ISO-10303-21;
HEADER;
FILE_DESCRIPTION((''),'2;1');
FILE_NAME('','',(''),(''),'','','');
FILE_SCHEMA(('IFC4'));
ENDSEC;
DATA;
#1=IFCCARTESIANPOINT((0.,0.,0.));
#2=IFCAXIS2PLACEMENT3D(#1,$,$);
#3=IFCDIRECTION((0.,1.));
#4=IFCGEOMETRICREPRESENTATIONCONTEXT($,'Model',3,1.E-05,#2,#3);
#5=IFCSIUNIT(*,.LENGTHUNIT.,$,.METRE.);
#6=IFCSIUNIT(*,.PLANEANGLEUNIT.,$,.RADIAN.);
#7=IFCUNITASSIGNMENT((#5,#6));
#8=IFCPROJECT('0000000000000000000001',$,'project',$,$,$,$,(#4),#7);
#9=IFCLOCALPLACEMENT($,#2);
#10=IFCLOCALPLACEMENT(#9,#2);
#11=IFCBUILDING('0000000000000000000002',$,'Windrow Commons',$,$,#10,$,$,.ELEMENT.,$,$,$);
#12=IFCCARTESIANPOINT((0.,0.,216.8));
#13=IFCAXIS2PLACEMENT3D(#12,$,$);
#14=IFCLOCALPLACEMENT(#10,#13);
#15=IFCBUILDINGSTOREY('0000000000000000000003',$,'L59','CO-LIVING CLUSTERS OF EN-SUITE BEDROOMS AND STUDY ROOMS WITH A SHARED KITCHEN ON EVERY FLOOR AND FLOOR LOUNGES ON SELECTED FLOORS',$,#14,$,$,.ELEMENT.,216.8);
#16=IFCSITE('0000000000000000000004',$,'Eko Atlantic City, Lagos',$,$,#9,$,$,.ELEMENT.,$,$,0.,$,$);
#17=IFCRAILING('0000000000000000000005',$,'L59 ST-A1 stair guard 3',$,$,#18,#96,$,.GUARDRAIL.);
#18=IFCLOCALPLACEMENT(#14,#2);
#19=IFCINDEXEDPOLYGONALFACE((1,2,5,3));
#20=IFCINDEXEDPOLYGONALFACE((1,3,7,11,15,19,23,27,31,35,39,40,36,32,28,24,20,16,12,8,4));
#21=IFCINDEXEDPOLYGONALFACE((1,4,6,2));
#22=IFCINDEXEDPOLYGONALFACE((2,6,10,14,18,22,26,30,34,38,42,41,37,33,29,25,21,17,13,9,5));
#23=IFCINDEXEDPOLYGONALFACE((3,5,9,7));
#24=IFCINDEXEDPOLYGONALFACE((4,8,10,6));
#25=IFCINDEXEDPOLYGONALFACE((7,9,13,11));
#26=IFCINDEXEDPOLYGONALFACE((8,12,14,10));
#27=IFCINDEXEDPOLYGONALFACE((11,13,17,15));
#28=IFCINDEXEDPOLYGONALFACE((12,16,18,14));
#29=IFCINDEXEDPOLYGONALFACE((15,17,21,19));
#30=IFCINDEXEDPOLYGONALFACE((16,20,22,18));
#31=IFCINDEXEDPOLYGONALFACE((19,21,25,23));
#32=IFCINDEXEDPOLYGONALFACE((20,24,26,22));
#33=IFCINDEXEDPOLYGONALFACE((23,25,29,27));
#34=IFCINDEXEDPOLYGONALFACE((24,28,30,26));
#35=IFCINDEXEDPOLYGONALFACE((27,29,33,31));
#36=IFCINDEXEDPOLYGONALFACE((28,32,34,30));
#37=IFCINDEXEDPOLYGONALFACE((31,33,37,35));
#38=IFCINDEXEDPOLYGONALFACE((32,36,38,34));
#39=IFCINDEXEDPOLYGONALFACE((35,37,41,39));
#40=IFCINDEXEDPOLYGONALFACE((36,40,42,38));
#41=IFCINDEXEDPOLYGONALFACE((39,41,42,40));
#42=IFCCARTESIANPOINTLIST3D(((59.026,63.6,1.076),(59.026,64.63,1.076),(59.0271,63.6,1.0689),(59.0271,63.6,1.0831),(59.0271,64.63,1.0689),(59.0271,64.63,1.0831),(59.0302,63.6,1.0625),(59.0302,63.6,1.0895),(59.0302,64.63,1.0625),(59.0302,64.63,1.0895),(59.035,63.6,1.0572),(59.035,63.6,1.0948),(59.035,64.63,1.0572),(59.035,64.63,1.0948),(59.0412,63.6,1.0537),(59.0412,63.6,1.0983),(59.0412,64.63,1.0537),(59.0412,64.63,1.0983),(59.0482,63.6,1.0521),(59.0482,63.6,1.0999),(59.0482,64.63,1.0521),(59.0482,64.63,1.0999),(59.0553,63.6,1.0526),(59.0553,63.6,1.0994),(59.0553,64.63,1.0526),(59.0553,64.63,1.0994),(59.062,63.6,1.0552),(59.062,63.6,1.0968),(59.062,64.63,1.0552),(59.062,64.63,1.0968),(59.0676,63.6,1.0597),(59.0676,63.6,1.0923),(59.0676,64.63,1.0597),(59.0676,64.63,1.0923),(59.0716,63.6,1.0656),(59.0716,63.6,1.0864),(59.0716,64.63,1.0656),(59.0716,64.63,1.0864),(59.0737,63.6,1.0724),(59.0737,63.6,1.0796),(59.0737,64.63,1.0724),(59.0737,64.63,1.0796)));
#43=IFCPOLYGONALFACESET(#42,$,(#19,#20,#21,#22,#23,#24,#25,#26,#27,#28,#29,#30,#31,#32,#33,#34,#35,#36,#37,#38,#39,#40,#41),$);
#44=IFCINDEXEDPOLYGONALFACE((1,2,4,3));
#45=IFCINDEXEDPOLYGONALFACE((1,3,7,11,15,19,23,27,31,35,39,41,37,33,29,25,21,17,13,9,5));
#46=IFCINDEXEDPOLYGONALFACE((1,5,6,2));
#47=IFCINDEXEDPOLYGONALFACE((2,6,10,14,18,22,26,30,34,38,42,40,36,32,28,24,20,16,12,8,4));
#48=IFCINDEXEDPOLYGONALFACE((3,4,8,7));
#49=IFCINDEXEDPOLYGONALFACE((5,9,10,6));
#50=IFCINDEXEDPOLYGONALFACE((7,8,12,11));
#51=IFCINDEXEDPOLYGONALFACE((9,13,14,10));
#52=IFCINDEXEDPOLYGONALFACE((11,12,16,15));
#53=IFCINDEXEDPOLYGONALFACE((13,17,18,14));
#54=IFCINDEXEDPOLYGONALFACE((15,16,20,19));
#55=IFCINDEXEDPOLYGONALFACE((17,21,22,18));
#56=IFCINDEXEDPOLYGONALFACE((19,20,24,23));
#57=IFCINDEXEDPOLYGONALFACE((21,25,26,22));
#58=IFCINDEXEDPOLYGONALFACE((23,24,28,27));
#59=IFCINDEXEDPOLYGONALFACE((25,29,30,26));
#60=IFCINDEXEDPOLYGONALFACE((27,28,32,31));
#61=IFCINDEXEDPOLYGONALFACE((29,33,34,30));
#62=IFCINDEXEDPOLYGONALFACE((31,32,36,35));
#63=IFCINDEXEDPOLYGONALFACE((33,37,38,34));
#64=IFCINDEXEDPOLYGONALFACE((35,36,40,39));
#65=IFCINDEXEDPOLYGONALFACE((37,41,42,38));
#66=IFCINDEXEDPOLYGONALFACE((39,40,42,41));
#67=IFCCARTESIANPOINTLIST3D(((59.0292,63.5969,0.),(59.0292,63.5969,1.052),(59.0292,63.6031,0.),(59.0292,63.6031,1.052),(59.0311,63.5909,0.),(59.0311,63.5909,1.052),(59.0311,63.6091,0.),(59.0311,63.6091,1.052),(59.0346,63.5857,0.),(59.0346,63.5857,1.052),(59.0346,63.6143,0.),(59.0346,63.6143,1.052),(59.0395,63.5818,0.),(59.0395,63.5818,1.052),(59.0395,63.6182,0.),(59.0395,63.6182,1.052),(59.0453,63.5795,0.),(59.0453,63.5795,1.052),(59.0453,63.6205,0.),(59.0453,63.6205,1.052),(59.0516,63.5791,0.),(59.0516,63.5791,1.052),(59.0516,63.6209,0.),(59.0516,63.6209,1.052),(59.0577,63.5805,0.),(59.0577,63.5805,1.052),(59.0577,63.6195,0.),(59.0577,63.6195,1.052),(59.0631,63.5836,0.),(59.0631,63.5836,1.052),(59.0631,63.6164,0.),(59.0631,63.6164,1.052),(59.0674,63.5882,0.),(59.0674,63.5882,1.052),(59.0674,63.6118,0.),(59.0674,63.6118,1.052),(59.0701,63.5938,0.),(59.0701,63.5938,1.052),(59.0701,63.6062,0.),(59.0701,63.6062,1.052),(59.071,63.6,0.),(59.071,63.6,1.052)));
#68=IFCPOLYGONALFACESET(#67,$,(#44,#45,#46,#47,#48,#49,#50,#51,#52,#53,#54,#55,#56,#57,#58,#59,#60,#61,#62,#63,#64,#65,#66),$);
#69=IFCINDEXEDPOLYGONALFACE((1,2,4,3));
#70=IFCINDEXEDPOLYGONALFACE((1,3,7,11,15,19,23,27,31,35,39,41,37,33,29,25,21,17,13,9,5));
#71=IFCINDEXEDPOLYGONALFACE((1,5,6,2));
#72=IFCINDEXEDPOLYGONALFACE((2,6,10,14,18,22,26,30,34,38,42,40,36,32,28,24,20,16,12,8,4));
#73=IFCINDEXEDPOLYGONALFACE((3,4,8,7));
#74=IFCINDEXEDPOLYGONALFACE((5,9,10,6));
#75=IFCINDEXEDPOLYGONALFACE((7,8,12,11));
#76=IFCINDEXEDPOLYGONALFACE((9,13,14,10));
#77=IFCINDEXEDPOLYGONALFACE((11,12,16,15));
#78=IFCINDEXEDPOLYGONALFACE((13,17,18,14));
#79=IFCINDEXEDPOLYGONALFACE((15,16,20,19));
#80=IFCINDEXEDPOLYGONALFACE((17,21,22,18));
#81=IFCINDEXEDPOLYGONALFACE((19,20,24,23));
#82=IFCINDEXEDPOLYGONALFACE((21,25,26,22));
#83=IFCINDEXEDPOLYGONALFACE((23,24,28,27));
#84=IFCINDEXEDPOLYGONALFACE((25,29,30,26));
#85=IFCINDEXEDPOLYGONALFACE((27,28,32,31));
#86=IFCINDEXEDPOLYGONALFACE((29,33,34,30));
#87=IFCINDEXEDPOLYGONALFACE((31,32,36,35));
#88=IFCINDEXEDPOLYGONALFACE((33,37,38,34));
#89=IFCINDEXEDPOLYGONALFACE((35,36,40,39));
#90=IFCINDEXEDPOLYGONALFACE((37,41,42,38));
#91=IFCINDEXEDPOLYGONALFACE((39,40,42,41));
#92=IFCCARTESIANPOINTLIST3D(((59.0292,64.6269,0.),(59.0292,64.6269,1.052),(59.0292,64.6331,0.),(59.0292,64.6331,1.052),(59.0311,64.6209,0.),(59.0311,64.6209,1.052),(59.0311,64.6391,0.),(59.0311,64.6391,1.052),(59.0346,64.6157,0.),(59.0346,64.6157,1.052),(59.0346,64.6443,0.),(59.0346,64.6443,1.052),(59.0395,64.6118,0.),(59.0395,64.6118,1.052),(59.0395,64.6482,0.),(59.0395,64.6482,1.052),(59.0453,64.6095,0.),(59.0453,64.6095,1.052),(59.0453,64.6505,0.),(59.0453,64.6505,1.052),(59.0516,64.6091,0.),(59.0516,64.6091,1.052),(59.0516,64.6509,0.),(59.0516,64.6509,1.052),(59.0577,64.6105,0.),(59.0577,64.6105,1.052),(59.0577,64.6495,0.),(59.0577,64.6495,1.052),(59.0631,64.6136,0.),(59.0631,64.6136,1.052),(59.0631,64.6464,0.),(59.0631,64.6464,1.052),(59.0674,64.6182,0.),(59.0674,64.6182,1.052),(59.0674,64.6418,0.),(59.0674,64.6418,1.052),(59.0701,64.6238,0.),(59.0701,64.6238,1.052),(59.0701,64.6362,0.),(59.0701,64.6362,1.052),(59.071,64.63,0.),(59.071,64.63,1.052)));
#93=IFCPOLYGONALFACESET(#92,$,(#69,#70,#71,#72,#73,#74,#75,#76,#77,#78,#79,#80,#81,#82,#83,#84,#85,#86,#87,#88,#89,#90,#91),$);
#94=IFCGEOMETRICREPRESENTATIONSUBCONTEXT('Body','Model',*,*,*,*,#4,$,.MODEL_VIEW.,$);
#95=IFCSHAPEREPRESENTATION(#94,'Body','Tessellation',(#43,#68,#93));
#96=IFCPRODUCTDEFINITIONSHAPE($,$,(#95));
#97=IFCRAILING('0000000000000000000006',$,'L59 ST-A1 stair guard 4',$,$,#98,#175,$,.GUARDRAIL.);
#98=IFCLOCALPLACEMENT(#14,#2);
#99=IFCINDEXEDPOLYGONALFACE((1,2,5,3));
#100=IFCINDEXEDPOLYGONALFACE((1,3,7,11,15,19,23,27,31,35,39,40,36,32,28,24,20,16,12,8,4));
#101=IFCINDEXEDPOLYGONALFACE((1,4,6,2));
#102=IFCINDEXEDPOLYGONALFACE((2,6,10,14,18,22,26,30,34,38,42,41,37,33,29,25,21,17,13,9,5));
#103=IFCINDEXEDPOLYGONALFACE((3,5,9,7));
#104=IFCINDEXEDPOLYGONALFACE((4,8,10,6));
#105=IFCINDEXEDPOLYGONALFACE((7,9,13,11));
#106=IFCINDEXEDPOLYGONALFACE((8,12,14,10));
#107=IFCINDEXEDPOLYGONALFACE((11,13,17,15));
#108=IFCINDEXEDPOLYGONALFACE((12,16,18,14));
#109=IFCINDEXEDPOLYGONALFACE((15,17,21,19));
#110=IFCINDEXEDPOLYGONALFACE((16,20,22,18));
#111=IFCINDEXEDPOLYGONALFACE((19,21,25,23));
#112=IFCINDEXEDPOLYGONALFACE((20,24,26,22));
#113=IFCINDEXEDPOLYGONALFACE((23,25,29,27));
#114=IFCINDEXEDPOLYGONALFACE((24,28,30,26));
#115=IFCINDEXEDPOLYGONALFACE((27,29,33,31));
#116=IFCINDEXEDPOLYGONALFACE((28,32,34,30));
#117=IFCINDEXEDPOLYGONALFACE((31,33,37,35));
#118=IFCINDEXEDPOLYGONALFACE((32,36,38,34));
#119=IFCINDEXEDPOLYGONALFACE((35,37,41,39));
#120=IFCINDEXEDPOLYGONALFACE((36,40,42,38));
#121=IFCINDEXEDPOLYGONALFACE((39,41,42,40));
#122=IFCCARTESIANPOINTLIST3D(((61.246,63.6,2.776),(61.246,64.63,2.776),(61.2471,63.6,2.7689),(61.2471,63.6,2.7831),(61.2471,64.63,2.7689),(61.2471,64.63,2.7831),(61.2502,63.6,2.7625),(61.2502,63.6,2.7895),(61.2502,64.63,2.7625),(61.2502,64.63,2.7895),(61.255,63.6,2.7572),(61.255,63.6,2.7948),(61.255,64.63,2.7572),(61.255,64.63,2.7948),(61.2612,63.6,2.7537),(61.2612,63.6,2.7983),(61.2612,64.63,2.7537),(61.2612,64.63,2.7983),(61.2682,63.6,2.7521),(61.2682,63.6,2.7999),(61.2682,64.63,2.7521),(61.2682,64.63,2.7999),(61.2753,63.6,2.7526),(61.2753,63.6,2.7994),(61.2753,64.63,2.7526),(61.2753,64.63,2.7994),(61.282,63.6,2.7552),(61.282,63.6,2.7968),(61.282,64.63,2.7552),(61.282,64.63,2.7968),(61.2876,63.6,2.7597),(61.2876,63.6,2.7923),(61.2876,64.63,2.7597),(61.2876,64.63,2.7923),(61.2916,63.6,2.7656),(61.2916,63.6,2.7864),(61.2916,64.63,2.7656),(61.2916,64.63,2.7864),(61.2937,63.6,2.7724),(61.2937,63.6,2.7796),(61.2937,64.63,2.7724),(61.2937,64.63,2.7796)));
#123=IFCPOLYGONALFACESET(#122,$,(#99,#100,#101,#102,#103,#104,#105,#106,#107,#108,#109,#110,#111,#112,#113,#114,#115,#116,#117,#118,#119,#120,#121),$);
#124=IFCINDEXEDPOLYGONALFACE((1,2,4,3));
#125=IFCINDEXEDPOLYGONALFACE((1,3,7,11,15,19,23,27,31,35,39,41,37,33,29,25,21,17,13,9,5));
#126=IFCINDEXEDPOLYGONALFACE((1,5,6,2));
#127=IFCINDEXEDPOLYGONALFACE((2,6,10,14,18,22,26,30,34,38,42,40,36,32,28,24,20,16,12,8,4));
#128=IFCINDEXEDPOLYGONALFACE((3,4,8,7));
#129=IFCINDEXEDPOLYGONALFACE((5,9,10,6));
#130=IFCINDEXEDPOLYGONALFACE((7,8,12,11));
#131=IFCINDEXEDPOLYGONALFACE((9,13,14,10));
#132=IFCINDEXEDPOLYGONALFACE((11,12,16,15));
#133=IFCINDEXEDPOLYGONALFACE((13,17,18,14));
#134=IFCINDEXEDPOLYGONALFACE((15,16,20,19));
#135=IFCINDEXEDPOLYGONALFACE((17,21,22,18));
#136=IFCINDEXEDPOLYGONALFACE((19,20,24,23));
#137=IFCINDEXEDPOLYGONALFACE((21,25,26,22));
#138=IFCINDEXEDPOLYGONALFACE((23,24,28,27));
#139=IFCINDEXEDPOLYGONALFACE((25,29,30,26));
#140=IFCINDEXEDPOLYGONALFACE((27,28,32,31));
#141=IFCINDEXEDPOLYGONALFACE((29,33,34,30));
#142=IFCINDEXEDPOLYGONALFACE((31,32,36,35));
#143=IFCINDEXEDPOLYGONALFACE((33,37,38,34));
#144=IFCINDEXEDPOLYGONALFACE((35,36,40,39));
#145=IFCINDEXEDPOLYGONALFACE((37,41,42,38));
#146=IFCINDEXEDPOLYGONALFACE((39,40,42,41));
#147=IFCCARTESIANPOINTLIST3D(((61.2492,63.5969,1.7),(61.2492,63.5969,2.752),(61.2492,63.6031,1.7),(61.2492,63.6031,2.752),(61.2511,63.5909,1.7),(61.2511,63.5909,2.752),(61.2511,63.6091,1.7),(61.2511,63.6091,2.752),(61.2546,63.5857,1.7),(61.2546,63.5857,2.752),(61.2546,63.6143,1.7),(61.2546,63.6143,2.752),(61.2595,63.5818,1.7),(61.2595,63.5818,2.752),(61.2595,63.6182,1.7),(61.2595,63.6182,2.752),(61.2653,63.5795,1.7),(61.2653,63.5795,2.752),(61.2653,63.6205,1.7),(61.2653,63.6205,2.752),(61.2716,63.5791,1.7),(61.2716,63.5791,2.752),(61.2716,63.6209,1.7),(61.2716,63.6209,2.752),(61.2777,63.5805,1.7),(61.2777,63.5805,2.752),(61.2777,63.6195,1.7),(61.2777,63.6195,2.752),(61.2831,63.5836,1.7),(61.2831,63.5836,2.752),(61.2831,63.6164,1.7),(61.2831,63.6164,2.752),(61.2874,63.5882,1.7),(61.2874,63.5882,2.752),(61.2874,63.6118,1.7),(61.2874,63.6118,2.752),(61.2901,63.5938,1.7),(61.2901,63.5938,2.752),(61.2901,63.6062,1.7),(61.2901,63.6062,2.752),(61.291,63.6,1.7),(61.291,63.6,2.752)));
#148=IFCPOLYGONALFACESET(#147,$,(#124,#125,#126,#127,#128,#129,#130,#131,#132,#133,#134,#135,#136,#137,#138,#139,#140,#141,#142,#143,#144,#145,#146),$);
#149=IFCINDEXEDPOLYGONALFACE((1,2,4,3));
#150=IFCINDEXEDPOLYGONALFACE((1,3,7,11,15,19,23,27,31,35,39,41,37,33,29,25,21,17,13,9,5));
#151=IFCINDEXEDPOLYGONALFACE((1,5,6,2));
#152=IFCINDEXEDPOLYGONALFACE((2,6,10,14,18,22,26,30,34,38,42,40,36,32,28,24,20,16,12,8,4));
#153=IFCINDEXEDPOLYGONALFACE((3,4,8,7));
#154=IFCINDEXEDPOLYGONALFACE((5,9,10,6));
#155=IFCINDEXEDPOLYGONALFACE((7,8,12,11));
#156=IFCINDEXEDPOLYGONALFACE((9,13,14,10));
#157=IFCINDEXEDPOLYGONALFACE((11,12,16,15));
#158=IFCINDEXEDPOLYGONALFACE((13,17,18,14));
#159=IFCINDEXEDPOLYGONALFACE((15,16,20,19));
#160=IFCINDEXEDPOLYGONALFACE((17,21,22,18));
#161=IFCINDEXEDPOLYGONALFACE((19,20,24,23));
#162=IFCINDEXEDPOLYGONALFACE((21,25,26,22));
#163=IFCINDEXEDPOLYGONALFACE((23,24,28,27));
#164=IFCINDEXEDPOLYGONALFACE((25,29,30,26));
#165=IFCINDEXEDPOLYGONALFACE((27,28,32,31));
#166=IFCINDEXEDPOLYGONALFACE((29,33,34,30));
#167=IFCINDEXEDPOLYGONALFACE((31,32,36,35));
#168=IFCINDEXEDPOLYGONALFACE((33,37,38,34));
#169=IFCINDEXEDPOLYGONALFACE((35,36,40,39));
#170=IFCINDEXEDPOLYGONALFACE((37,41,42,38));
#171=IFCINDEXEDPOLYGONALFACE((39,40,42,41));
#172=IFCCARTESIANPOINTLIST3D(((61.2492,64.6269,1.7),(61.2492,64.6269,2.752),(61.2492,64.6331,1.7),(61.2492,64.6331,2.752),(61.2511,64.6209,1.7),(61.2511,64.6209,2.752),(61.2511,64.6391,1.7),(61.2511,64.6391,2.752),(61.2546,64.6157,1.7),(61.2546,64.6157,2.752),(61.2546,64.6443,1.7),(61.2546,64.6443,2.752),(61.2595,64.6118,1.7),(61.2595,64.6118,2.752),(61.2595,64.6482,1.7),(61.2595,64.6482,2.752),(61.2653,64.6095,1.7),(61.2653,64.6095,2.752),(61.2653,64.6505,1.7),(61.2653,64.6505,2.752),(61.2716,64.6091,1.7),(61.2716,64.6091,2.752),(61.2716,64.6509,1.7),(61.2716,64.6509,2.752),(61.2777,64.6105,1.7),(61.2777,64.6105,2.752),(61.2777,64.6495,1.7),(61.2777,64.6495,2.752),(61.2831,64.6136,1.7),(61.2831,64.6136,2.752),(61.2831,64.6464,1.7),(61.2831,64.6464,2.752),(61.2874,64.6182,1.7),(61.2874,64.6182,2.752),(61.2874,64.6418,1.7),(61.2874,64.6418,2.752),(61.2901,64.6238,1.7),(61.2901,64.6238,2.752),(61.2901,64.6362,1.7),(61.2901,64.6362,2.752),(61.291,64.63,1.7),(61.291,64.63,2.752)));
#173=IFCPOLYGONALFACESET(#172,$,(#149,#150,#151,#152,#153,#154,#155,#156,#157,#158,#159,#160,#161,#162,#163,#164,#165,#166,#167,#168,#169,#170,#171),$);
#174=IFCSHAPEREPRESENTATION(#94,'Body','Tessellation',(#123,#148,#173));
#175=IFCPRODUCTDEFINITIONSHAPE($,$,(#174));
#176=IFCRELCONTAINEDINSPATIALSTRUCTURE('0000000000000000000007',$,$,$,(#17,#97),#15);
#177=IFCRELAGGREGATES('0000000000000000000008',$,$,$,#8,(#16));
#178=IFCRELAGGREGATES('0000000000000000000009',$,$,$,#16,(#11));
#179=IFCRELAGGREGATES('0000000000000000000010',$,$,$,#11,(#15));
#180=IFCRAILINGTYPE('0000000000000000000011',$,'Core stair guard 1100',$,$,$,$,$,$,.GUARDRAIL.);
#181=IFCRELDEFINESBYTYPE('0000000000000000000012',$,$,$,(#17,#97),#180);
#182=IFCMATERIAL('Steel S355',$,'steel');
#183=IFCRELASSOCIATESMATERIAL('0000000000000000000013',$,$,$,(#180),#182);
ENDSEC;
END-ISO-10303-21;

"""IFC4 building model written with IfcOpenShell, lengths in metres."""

from ifc_helpers import new_model, si_unit, direction, frame, origin, origin_2d, place, context, subcontext, project, spatial, circle, extrude, material, type_object, element, save


model = new_model("IFC4")

# Units and contexts
model_context = context("Model", 3, precision=1e-05, world=origin(), true_north=direction((0.0, 1.0)))
body_context = subcontext(model_context, "Body", "Model", "MODEL_VIEW")
ifc_project = project(units=[si_unit("LENGTHUNIT", "METRE"), si_unit("PLANEANGLEUNIT", "RADIAN")], contexts=[model_context])

# Site, building, storey
site_placement = place(None, origin())
site = spatial("IfcSite", under=ifc_project, at=site_placement, Name="Eko Atlantic City, Lagos", CompositionType="ELEMENT", RefElevation=0.0)
building_placement = place(site_placement, origin())
building = spatial("IfcBuilding", under=site, at=building_placement, Name="Windrow Commons", CompositionType="ELEMENT")
storey_placement = place(building_placement, frame((0.0, 0.0, 216.8)))
storey = spatial("IfcBuildingStorey", under=building, at=storey_placement, Name="L59", Description="CO-LIVING CLUSTERS OF EN-SUITE BEDROOMS AND STUDY ROOMS WITH A SHARED KITCHEN ON EVERY FLOOR AND FLOOR LOUNGES ON SELECTED FLOORS", CompositionType="ELEMENT", Elevation=216.8)

# Railings
ifc_material_1 = material(Name="Steel S355", Category="steel")
railing_type_1 = type_object("IfcRailingType", Name="Core stair guard 1100", PredefinedType="GUARDRAIL", material=ifc_material_1)
for number, where, name in (
    (1, (59.05, 63.6, 0.0), "L59 ST-A1 stair guard 3"),
    (2, (61.27, 63.6, 1.7), "L59 ST-A1 stair guard 4"),
):
    element("IfcRailing", number, at=place(storey_placement, frame(where)), inside=storey, type_object=railing_type_1, Name=name, PredefinedType="GUARDRAIL", context=body_context, shape_type="SweptSolid", body=[
        extrude(circle(Radius=0.024, at=origin_2d()), frame((0.0, 0.0, 1.076), z_axis=(0.0, 1.0, 0.0), x_axis=(-1.0, 0.0, 0.0)), (0.0, 0.0, 1.0), 1.03),
        extrude(circle(Radius=0.021, at=origin_2d()), origin(), (0.0, 0.0, 1.0), 1.052),
        extrude(circle(Radius=0.021, at=origin_2d()), frame((0.0, 1.03, 0.0)), (0.0, 0.0, 1.0), 1.052),
    ])

save(model, "model.ifc")
